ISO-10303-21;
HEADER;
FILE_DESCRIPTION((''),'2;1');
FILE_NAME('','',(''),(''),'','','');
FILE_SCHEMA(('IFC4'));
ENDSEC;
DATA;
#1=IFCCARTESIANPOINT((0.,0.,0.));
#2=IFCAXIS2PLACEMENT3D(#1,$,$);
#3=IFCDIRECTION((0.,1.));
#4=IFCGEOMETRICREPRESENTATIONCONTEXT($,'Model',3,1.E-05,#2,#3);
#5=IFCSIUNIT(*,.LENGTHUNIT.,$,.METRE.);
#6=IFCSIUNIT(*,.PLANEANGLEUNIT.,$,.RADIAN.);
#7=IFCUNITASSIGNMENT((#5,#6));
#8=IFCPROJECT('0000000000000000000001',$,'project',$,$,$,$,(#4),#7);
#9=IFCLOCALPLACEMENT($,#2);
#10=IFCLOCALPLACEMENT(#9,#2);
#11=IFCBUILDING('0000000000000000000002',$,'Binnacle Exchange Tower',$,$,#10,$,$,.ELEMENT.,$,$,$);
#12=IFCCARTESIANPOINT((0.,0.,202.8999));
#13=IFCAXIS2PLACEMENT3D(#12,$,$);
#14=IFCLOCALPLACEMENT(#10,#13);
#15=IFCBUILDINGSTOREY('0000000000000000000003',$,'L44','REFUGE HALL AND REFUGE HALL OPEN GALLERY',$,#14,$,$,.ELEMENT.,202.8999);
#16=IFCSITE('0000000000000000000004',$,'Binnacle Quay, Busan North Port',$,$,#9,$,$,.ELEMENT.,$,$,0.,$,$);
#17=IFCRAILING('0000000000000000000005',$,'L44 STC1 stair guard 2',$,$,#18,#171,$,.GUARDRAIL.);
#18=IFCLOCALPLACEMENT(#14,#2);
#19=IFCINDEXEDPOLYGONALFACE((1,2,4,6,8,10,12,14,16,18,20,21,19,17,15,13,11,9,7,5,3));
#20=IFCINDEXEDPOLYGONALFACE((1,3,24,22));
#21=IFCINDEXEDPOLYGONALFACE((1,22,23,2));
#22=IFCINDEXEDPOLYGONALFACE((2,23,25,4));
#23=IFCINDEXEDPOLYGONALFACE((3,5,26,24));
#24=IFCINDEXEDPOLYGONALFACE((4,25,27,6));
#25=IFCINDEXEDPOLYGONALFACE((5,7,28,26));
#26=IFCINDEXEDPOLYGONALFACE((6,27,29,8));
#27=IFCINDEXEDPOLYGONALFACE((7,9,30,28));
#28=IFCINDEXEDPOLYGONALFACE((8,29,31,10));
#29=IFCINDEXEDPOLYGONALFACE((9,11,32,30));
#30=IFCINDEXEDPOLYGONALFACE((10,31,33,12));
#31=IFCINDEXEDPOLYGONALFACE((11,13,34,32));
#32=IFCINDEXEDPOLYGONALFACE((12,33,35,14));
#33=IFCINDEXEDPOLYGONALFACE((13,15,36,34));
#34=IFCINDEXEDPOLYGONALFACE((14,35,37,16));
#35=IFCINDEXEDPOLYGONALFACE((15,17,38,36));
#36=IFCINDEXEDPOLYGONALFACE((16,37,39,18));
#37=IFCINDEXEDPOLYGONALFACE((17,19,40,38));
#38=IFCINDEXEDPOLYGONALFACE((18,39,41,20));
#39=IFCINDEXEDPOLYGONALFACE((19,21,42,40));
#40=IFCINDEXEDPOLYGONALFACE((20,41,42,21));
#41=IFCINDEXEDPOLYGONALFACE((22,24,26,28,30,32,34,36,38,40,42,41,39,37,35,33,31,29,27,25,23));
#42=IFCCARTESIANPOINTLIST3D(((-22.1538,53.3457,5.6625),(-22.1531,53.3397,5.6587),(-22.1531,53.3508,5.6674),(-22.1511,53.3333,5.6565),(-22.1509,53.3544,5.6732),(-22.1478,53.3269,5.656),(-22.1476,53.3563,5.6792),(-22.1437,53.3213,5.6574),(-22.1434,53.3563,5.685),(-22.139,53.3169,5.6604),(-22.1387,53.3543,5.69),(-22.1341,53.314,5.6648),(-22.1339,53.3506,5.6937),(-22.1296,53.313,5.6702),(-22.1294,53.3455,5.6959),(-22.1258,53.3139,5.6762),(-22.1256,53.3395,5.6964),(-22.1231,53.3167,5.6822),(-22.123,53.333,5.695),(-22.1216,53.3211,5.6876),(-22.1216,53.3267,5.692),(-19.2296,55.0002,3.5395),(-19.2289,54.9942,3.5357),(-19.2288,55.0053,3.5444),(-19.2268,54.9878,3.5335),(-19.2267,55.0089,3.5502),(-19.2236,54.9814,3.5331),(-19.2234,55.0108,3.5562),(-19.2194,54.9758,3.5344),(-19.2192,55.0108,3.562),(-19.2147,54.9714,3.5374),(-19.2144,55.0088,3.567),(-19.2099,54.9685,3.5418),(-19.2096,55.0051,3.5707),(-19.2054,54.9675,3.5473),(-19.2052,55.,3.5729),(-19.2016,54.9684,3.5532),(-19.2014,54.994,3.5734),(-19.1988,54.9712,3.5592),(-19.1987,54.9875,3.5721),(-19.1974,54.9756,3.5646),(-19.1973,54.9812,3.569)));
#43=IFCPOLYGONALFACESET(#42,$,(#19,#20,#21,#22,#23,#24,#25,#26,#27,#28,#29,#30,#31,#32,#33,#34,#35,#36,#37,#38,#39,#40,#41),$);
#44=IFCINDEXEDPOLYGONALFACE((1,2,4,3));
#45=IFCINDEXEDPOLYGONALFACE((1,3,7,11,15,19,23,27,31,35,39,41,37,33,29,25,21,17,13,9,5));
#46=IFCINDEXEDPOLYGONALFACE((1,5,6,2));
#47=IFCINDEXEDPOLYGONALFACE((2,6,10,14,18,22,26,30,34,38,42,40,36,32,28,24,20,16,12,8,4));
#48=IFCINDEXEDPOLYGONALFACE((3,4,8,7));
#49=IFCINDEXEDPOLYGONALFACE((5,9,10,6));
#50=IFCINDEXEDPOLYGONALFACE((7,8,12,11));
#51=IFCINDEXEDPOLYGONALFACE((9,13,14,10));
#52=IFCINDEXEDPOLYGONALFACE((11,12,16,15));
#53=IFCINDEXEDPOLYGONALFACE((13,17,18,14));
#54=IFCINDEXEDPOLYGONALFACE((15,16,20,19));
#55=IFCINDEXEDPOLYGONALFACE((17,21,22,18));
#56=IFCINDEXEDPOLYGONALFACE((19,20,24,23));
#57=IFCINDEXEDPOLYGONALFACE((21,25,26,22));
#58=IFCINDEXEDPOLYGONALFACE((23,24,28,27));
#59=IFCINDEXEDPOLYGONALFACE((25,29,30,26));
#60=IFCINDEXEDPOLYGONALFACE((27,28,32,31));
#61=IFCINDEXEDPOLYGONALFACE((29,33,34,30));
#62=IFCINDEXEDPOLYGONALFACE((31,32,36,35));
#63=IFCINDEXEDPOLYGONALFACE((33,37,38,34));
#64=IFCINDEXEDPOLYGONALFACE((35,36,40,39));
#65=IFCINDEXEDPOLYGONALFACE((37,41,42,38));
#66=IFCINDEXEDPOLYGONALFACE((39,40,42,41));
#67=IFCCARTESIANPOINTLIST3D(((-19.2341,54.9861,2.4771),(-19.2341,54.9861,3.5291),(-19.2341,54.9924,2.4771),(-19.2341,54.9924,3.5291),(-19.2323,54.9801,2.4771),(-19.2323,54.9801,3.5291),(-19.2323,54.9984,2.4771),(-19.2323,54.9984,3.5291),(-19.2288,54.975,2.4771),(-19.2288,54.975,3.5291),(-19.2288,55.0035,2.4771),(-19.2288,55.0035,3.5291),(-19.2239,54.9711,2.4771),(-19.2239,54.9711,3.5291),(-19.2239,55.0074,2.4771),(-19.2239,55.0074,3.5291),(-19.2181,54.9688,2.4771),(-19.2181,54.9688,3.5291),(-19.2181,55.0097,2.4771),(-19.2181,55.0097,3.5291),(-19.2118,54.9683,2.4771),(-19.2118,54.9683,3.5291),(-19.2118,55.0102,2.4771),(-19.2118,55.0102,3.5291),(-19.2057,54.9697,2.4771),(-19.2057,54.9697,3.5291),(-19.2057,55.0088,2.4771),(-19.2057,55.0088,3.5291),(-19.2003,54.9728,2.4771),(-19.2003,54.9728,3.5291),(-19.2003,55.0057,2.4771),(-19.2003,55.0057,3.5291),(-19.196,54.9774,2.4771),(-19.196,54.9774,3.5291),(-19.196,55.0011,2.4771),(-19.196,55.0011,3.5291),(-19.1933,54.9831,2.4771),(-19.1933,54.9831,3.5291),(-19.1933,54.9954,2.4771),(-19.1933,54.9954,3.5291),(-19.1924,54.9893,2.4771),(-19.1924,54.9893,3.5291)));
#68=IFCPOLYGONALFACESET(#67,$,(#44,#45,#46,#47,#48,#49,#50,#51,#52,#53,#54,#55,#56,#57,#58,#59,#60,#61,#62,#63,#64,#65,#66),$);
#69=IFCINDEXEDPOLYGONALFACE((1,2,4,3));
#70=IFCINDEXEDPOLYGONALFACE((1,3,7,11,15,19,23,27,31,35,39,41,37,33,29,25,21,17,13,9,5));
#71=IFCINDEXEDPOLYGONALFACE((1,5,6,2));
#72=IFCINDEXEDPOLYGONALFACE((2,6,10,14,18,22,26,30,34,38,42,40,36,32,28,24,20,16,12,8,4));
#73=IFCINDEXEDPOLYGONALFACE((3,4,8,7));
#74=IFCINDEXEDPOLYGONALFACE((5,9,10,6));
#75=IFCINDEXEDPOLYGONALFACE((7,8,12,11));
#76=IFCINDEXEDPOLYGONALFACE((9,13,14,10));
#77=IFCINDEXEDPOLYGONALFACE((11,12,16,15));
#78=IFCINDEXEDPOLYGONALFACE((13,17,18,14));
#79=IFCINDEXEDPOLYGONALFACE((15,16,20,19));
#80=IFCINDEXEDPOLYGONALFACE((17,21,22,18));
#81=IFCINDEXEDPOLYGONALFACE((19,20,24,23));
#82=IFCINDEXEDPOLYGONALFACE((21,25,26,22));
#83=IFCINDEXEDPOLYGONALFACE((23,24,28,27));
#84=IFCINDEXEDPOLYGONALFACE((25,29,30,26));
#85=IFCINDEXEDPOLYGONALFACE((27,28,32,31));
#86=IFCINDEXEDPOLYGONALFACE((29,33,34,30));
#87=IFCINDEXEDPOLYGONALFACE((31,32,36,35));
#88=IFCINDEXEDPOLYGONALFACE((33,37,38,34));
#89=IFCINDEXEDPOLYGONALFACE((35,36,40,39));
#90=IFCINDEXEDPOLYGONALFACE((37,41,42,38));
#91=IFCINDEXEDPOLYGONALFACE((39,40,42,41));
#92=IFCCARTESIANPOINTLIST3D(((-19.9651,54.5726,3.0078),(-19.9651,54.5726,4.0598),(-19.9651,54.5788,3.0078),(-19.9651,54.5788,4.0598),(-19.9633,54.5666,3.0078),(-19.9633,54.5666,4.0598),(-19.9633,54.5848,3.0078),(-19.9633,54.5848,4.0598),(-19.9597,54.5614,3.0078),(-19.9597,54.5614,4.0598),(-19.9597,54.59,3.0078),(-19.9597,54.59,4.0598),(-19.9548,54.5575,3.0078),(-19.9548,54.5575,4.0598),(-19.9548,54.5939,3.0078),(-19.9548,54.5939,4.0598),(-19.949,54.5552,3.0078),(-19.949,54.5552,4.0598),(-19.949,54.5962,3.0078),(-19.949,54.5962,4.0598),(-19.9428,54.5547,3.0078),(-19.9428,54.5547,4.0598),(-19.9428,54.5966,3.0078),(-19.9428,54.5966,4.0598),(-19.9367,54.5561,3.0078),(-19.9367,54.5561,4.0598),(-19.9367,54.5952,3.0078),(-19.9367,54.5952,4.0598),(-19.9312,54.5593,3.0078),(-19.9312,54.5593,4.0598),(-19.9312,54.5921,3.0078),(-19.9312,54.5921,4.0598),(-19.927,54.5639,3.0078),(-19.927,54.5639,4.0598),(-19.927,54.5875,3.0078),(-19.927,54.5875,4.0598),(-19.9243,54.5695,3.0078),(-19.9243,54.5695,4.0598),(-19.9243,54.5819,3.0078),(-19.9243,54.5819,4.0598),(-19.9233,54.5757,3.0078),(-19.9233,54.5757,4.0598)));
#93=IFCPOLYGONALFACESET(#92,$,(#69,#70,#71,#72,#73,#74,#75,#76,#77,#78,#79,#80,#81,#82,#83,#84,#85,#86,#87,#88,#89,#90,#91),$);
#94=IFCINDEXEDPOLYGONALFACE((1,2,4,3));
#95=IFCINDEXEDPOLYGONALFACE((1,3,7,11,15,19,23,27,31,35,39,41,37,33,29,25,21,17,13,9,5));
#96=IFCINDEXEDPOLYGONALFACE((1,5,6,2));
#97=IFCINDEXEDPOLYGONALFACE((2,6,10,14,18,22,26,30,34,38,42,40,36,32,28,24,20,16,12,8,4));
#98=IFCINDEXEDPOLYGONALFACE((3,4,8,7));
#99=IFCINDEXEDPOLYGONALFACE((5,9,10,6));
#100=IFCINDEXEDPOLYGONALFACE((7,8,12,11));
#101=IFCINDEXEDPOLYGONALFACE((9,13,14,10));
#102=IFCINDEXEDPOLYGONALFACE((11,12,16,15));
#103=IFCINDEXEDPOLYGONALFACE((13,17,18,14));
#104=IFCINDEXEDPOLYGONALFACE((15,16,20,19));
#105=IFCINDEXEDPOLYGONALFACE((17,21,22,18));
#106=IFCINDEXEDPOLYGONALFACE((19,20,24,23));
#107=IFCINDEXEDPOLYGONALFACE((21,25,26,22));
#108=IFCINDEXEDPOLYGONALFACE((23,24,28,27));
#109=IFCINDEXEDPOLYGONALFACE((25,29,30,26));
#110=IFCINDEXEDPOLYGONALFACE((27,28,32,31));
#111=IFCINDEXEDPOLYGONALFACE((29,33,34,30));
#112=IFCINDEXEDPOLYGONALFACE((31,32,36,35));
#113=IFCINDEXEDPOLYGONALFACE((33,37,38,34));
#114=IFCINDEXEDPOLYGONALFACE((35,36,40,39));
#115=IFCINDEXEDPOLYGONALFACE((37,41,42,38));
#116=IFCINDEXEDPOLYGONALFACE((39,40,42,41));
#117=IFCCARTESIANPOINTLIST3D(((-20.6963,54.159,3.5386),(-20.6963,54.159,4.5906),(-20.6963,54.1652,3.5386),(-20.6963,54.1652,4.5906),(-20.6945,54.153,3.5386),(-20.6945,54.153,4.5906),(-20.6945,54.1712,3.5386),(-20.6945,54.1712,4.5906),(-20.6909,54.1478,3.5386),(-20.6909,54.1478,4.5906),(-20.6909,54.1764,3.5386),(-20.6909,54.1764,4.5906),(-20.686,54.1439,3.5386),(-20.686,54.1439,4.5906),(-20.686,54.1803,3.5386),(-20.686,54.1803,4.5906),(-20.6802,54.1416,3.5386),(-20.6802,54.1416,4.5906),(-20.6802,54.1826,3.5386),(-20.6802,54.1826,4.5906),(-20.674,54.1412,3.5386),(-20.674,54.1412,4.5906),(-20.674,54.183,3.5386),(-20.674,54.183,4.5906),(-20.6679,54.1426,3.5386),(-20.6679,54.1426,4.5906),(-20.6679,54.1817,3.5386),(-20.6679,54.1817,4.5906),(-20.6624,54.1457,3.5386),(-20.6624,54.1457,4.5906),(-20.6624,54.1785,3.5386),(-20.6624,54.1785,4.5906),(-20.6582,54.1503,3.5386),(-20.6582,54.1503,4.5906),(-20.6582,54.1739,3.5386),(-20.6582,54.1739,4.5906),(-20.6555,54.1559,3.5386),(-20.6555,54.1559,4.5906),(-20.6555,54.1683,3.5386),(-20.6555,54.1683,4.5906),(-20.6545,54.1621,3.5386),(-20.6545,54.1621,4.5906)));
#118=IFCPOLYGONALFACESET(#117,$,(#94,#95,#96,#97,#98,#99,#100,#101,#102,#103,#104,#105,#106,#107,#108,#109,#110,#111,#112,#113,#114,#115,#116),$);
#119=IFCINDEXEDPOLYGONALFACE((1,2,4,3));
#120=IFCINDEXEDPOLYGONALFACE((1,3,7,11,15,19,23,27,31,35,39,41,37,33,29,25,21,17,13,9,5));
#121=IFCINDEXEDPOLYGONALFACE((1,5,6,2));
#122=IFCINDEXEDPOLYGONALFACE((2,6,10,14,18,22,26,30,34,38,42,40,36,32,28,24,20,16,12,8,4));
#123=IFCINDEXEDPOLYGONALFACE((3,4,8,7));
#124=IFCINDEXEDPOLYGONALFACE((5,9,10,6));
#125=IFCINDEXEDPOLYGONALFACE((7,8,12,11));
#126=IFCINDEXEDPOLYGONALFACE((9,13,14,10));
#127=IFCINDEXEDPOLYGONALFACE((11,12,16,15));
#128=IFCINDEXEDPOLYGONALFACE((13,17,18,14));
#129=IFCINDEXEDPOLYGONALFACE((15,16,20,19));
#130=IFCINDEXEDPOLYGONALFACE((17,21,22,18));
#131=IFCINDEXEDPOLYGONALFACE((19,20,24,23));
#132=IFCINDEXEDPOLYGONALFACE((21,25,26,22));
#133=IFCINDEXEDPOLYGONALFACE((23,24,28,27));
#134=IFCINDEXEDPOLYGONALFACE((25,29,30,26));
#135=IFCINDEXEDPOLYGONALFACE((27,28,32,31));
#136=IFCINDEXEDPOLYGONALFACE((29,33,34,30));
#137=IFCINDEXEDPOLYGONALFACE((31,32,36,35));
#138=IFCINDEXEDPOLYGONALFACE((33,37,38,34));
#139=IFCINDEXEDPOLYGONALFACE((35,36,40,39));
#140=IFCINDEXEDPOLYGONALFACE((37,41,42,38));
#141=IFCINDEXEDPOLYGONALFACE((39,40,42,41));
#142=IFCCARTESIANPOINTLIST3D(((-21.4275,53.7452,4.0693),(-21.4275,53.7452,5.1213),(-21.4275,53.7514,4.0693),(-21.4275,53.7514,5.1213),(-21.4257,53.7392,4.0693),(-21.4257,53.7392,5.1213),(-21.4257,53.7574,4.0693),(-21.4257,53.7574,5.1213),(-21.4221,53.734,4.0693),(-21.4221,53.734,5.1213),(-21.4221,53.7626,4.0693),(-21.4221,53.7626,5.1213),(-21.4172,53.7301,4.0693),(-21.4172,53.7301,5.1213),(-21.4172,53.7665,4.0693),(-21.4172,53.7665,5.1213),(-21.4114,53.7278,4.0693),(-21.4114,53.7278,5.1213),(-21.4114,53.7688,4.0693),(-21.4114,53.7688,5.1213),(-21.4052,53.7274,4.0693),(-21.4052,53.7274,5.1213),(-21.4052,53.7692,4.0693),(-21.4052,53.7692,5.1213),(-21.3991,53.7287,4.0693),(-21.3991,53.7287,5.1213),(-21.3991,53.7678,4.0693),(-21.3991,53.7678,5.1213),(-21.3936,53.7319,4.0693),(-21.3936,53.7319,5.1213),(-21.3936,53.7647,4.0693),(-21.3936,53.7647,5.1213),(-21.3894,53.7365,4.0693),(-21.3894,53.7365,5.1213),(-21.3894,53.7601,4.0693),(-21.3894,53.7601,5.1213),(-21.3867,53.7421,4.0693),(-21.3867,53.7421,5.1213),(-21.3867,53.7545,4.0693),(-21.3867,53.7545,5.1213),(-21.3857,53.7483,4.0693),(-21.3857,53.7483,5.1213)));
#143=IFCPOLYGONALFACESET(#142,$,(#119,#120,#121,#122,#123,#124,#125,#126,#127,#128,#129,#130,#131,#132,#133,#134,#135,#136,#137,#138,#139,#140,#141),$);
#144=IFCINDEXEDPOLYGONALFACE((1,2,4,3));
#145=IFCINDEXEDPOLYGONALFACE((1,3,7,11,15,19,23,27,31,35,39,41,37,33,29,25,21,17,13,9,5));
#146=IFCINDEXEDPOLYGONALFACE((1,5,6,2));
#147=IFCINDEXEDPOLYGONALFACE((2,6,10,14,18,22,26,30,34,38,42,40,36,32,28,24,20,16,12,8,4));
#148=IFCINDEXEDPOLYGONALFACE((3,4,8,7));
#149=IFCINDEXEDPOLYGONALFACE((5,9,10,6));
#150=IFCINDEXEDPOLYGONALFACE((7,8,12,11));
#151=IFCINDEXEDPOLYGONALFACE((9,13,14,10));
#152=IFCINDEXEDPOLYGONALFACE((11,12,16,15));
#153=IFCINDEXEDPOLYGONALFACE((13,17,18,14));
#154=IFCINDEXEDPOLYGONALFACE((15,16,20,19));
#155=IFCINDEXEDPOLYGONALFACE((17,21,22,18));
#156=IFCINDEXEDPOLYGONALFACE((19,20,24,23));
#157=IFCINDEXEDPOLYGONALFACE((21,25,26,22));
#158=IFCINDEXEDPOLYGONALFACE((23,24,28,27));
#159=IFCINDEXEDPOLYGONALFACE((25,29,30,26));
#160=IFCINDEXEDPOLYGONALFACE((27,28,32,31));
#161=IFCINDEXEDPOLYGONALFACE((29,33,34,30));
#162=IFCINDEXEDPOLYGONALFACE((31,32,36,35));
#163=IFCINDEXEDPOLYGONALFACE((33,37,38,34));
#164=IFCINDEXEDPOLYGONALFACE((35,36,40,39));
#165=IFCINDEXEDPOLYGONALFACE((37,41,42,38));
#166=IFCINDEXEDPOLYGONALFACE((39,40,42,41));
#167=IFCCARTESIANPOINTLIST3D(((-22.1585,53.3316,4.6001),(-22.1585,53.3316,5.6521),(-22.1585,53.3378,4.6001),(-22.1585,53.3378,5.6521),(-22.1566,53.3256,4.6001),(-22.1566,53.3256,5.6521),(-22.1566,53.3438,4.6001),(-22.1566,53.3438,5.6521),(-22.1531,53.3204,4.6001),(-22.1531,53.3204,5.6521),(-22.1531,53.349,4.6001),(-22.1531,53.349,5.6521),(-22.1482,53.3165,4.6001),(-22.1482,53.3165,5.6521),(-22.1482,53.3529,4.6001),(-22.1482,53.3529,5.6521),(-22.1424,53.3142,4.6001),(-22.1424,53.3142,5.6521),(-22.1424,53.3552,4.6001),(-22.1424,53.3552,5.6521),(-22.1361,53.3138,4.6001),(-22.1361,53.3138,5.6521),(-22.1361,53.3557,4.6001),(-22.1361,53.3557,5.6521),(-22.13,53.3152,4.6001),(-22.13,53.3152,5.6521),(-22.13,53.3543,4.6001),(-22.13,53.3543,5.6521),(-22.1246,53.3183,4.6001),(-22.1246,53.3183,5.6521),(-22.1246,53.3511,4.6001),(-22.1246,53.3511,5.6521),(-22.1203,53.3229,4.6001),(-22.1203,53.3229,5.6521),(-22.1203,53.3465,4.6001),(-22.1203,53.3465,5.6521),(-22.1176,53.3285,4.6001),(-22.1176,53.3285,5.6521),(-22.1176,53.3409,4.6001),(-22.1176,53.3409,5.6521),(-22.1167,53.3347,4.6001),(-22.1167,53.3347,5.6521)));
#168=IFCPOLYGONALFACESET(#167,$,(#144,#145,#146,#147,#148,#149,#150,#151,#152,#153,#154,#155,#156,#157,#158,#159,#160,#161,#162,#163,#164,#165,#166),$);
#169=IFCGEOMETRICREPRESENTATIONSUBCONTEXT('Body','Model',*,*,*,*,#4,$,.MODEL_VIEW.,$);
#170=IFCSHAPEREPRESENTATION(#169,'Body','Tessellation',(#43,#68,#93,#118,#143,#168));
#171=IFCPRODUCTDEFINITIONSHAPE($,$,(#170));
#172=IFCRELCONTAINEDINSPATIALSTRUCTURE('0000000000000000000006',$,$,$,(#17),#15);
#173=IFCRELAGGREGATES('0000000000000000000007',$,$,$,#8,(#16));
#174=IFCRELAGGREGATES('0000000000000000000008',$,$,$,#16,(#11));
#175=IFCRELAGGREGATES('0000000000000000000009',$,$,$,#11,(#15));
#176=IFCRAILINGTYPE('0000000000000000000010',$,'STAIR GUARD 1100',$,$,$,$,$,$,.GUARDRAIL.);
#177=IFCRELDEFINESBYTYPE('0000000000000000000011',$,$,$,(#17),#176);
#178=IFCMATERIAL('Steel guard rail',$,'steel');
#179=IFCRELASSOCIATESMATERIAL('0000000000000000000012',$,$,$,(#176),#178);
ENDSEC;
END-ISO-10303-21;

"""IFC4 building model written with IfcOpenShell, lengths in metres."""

from ifc_helpers import new_model, si_unit, direction, frame, origin, origin_2d, place, context, subcontext, project, spatial, circle, extrude, material, type_object, element, save


model = new_model("IFC4")

# Units and contexts
model_context = context("Model", 3, precision=1e-05, world=origin(), true_north=direction((0.0, 1.0)))
body_context = subcontext(model_context, "Body", "Model", "MODEL_VIEW")
ifc_project = project(units=[si_unit("LENGTHUNIT", "METRE"), si_unit("PLANEANGLEUNIT", "RADIAN")], contexts=[model_context])

# Site, building, storey
site_placement = place(None, origin())
site = spatial("IfcSite", under=ifc_project, at=site_placement, Name="Binnacle Quay, Busan North Port", CompositionType="ELEMENT", RefElevation=0.0)
building_placement = place(site_placement, origin())
building = spatial("IfcBuilding", under=site, at=building_placement, Name="Binnacle Exchange Tower", CompositionType="ELEMENT")
storey_placement = place(building_placement, frame((0.0, 0.0, 202.8999)))
storey = spatial("IfcBuildingStorey", under=building, at=storey_placement, Name="L44", Description="REFUGE HALL AND REFUGE HALL OPEN GALLERY", CompositionType="ELEMENT", Elevation=202.8999)

# Railing
ifc_material_1 = material(Name="Steel guard rail", Category="steel")
railing_type_1 = type_object("IfcRailingType", Name="STAIR GUARD 1100", PredefinedType="GUARDRAIL", material=ifc_material_1)
railing_1_placement = place(storey_placement, frame((-19.2134, 54.9893, 2.4771)))
element("IfcRailing", 1, at=railing_1_placement, inside=storey, type_object=railing_type_1, Name="L44 STC1 stair guard 2", PredefinedType="GUARDRAIL", context=body_context, shape_type="SweptSolid", body=[
    extrude(circle(Radius=0.0239, at=origin_2d()), frame((0.0, 0.0, 1.0762), z_axis=(-0.735774, -0.416292, 0.53417), x_axis=(0.492433, -0.87035, 0.0)), (0.0, 0.0, 1.0), 3.9744),
    extrude(circle(Radius=0.021, at=origin_2d()), origin(), (0.0, 0.0, 1.0), 1.052),
    extrude(circle(Radius=0.021, at=origin_2d()), frame((-0.731, -0.4136, 0.5308)), (0.0, 0.0, 1.0), 1.052),
    extrude(circle(Radius=0.021, at=origin_2d()), frame((-1.4622, -0.8271, 1.0615)), (0.0, 0.0, 1.0), 1.052),
    extrude(circle(Radius=0.021, at=origin_2d()), frame((-2.1934, -1.241, 1.5923)), (0.0, 0.0, 1.0), 1.052),
    extrude(circle(Radius=0.021, at=origin_2d()), frame((-2.9243, -1.6545, 2.123)), (0.0, 0.0, 1.0), 1.052),
])

save(model, "model.ifc")
